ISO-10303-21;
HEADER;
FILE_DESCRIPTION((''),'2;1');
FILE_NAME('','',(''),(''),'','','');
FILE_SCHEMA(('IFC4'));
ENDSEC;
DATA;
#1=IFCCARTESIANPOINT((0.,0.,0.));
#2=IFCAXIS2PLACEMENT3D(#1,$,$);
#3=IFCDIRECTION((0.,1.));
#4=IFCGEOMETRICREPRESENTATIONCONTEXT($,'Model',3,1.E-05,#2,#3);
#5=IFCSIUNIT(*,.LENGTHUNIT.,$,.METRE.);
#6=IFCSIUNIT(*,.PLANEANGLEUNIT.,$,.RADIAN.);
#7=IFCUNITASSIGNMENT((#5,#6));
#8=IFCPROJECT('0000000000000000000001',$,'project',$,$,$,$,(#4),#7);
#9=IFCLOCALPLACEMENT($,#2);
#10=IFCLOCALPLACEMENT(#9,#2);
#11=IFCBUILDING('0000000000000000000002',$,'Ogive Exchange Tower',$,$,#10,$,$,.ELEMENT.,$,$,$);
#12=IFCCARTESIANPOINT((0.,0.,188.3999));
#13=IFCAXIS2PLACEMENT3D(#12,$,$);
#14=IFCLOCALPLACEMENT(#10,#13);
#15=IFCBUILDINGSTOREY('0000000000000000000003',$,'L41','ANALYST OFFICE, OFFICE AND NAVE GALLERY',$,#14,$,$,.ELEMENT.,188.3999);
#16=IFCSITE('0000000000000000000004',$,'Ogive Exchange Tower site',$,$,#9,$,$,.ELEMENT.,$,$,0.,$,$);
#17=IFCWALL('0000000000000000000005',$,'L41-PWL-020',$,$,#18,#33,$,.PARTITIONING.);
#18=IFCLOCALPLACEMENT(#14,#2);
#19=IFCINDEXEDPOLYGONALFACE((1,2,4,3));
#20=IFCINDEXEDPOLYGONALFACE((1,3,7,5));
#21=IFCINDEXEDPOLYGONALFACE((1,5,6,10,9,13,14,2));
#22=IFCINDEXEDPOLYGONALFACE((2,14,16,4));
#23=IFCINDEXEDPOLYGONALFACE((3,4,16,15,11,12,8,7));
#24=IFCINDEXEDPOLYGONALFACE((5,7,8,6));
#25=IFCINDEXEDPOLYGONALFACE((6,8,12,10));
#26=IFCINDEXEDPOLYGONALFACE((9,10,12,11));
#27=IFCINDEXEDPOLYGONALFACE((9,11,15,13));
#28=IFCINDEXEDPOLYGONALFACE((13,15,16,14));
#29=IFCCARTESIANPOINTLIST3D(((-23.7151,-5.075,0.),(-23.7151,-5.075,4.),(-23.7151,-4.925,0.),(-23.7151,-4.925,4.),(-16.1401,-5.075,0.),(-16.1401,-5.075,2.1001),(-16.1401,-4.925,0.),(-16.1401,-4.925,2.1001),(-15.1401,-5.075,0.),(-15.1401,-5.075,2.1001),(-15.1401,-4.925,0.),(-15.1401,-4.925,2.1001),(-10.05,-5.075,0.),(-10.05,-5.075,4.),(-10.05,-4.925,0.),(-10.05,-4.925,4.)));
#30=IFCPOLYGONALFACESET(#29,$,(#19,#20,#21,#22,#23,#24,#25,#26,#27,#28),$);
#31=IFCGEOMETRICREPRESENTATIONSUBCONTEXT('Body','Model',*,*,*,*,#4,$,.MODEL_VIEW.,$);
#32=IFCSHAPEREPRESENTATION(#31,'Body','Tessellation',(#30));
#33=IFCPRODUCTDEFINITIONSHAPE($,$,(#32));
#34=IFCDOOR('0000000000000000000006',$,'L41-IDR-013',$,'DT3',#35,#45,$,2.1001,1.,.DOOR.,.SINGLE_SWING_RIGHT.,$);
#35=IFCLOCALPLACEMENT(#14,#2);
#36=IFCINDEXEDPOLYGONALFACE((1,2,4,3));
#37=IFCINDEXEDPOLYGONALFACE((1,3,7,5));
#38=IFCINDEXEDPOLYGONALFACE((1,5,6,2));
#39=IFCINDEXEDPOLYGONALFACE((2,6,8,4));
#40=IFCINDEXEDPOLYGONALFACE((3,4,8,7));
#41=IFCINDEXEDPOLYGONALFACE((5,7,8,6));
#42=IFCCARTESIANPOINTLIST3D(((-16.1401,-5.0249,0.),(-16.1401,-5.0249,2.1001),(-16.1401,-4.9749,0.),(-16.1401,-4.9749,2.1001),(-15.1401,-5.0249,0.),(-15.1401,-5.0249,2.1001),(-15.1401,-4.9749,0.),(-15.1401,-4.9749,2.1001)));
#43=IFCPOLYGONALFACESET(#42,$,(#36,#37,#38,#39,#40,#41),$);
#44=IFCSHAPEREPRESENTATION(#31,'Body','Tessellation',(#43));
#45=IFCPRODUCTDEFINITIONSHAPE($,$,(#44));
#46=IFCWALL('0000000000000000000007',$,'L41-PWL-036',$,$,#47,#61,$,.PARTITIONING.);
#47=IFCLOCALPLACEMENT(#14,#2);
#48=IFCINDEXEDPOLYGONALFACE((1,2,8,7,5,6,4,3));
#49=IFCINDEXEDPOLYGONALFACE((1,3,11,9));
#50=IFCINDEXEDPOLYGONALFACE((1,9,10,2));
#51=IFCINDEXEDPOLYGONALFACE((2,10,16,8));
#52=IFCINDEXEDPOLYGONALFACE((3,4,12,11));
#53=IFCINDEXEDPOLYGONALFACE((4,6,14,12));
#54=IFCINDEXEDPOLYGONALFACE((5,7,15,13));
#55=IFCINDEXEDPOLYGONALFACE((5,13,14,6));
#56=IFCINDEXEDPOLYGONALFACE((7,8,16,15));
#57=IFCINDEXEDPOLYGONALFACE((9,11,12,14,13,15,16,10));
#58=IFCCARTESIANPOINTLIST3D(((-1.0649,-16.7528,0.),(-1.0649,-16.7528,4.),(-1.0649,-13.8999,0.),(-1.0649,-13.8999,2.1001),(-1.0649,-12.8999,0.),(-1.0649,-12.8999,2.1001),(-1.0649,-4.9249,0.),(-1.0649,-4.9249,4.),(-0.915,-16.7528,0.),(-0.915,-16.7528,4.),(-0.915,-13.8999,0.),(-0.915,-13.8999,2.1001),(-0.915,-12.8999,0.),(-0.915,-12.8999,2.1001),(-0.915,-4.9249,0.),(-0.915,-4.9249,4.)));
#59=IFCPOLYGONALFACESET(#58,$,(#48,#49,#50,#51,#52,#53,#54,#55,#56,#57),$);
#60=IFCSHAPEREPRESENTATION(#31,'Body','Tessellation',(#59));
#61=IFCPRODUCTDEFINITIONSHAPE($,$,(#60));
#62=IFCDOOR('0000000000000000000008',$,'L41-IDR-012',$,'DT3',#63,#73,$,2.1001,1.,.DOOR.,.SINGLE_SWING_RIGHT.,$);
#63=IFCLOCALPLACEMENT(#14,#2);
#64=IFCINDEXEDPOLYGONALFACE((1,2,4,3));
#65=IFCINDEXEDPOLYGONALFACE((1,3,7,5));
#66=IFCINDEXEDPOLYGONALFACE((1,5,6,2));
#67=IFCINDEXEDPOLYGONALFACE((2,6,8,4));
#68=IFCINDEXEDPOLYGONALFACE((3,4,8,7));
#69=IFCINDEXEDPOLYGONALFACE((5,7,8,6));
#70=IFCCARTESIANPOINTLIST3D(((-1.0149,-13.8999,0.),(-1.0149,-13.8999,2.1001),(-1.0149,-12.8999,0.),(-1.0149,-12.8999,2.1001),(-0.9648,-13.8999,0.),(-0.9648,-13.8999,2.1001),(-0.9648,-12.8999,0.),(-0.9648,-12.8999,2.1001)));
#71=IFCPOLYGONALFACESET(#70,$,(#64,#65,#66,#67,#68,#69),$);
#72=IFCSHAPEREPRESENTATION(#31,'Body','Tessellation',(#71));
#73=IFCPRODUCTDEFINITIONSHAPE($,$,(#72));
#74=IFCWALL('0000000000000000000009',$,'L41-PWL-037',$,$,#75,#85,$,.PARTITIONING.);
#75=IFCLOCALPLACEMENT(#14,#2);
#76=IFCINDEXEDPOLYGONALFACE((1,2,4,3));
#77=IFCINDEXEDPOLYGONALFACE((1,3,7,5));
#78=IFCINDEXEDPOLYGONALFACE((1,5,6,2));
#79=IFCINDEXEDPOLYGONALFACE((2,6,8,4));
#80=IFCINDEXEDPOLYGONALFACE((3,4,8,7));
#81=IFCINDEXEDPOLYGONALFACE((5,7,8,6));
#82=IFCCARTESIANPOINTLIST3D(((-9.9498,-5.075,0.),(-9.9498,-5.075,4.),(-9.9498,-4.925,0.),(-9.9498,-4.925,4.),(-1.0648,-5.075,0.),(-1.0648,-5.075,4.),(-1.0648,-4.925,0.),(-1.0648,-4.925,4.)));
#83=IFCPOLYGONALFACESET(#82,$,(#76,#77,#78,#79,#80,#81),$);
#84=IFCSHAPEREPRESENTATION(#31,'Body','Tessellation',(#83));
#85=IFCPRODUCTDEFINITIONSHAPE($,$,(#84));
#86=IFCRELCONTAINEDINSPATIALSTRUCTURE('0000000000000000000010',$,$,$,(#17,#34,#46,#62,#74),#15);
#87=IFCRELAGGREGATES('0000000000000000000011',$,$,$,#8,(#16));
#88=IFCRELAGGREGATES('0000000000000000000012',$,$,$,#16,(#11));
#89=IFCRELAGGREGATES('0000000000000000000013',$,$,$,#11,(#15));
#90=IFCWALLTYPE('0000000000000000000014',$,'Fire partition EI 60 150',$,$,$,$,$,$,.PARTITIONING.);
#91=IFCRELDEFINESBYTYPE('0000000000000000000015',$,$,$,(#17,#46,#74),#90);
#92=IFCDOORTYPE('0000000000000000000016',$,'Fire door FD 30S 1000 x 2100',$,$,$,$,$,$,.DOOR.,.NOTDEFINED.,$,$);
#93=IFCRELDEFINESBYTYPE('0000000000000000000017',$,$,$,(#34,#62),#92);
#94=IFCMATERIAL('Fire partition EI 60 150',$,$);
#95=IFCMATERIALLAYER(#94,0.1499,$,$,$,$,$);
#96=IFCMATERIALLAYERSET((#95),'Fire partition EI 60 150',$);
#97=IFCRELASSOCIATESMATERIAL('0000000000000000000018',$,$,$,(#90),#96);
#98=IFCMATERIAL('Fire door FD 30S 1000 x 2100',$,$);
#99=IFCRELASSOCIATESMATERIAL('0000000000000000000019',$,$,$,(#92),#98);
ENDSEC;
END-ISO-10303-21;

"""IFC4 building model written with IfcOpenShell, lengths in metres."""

from ifc_helpers import new_model, si_unit, direction, frame, frame_2d, origin, place, context, subcontext, project, spatial, rectangle, extrude, material, layer, layer_set, type_object, element, fill, save


model = new_model("IFC4")

# Units and contexts
model_context = context("Model", 3, precision=1e-05, world=origin(), true_north=direction((0.0, 1.0)))
body_context = subcontext(model_context, "Body", "Model", "MODEL_VIEW")
ifc_project = project(units=[si_unit("LENGTHUNIT", "METRE"), si_unit("PLANEANGLEUNIT", "RADIAN")], contexts=[model_context])

# Site, building, storey
site_placement = place(None, origin())
site = spatial("IfcSite", under=ifc_project, at=site_placement, Name="Ogive Exchange Tower site", CompositionType="ELEMENT", RefElevation=0.0)
building_placement = place(site_placement, origin())
building = spatial("IfcBuilding", under=site, at=building_placement, Name="Ogive Exchange Tower", CompositionType="ELEMENT")
storey_placement = place(building_placement, frame((0.0, 0.0, 188.3999)))
storey = spatial("IfcBuildingStorey", under=building, at=storey_placement, Name="L41", Description="ANALYST OFFICE, OFFICE AND NAVE GALLERY", CompositionType="ELEMENT", Elevation=188.3999)

# Walls, openings, doors
ifc_material_1 = material(Name="Fire partition EI 60 150")
ifc_layer_1 = layer(ifc_material_1, 0.1499)
ifc_layer_set_1 = layer_set([ifc_layer_1], Name="Fire partition EI 60 150")
wall_type_1 = type_object("IfcWallType", Name="Fire partition EI 60 150", PredefinedType="PARTITIONING", material=ifc_layer_set_1)
wall_1_placement = place(storey_placement, frame((-10.05, -5.0, 0.0), z_axis=(0.0, 0.0, 1.0), x_axis=(-1.0, 0.0, 0.0)))
wall_1 = element("IfcWall", 1, at=wall_1_placement, inside=storey, type_object=wall_type_1, Name="L41-PWL-020", PredefinedType="PARTITIONING", context=body_context, shape_type="SweptSolid", body=[
    extrude(rectangle(XDim=13.665, YDim=0.1499, at=frame_2d((6.8325, 0.0))), origin(), (0.0, 0.0, 1.0), 4.0),
])
opening_1_placement = place(wall_1_placement, frame((5.0901, 0.0, 0.0)))
opening_1 = element("IfcOpeningElement", 2, at=opening_1_placement, cuts=wall_1, PredefinedType="OPENING", context=body_context, shape_type="SweptSolid", body=[
    extrude(rectangle(XDim=1.0, YDim=2.1001, at=frame_2d((0.5, 1.05))), frame((0.0, 0.085, 0.0), z_axis=(0.0, -1.0, 0.0), x_axis=(1.0, 0.0, 0.0)), (0.0, 0.0, 1.0), 0.1699),
])
ifc_material_2 = material(Name="Fire door FD 30S 1000 x 2100")
door_type_1 = type_object("IfcDoorType", Name="Fire door FD 30S 1000 x 2100", OperationType="NOTDEFINED", PredefinedType="DOOR", material=ifc_material_2)
door_1_placement = place(opening_1_placement, origin())
door_1 = element("IfcDoor", 3, at=door_1_placement, inside=storey, type_object=door_type_1, Name="L41-IDR-013", ObjectType="DT3", OperationType="SINGLE_SWING_RIGHT", OverallHeight=2.1001, OverallWidth=1.0, PredefinedType="DOOR", context=body_context, shape_type="SweptSolid", body=[
    extrude(rectangle(XDim=1.0, YDim=2.1001, at=frame_2d((0.5, 1.05))), frame((0.0, 0.0249, 0.0), z_axis=(0.0, -1.0, 0.0), x_axis=(1.0, 0.0, 0.0)), (0.0, 0.0, 1.0), 0.05),
])
fill(opening_1, door_1)
wall_2_placement = place(storey_placement, frame((-0.99, -16.7529, 0.0), z_axis=(0.0, 0.0, 1.0), x_axis=(0.0, 1.0, 0.0)))
wall_2 = element("IfcWall", 4, at=wall_2_placement, inside=storey, type_object=wall_type_1, Name="L41-PWL-036", PredefinedType="PARTITIONING", context=body_context, shape_type="SweptSolid", body=[
    extrude(rectangle(XDim=11.8279, YDim=0.1499, at=frame_2d((5.9141, 0.0))), origin(), (0.0, 0.0, 1.0), 4.0),
])
opening_2_placement = place(wall_2_placement, frame((2.853, 0.0, 0.0)))
opening_2 = element("IfcOpeningElement", 5, at=opening_2_placement, cuts=wall_2, PredefinedType="OPENING", context=body_context, shape_type="SweptSolid", body=[
    extrude(rectangle(XDim=1.0, YDim=2.1001, at=frame_2d((0.5, 1.05))), frame((0.0, 0.085, 0.0), z_axis=(0.0, -1.0, 0.0), x_axis=(1.0, 0.0, 0.0)), (0.0, 0.0, 1.0), 0.1699),
])
door_2_placement = place(opening_2_placement, origin())
door_2 = element("IfcDoor", 6, at=door_2_placement, inside=storey, type_object=door_type_1, Name="L41-IDR-012", ObjectType="DT3", OperationType="SINGLE_SWING_RIGHT", OverallHeight=2.1001, OverallWidth=1.0, PredefinedType="DOOR", context=body_context, shape_type="SweptSolid", body=[
    extrude(rectangle(XDim=1.0, YDim=2.1001, at=frame_2d((0.5, 1.05))), frame((0.0, 0.0249, 0.0), z_axis=(0.0, -1.0, 0.0), x_axis=(1.0, 0.0, 0.0)), (0.0, 0.0, 1.0), 0.05),
])
fill(opening_2, door_2)

# Wall
wall_3_placement = place(storey_placement, frame((-1.0649, -5.0, 0.0), z_axis=(0.0, 0.0, 1.0), x_axis=(-1.0, 0.0, 0.0)))
element("IfcWall", 7, at=wall_3_placement, inside=storey, type_object=wall_type_1, Name="L41-PWL-037", PredefinedType="PARTITIONING", context=body_context, shape_type="SweptSolid", body=[
    extrude(rectangle(XDim=8.885, YDim=0.1499, at=frame_2d((4.4424, 0.0))), origin(), (0.0, 0.0, 1.0), 4.0),
])

save(model, "model.ifc")
